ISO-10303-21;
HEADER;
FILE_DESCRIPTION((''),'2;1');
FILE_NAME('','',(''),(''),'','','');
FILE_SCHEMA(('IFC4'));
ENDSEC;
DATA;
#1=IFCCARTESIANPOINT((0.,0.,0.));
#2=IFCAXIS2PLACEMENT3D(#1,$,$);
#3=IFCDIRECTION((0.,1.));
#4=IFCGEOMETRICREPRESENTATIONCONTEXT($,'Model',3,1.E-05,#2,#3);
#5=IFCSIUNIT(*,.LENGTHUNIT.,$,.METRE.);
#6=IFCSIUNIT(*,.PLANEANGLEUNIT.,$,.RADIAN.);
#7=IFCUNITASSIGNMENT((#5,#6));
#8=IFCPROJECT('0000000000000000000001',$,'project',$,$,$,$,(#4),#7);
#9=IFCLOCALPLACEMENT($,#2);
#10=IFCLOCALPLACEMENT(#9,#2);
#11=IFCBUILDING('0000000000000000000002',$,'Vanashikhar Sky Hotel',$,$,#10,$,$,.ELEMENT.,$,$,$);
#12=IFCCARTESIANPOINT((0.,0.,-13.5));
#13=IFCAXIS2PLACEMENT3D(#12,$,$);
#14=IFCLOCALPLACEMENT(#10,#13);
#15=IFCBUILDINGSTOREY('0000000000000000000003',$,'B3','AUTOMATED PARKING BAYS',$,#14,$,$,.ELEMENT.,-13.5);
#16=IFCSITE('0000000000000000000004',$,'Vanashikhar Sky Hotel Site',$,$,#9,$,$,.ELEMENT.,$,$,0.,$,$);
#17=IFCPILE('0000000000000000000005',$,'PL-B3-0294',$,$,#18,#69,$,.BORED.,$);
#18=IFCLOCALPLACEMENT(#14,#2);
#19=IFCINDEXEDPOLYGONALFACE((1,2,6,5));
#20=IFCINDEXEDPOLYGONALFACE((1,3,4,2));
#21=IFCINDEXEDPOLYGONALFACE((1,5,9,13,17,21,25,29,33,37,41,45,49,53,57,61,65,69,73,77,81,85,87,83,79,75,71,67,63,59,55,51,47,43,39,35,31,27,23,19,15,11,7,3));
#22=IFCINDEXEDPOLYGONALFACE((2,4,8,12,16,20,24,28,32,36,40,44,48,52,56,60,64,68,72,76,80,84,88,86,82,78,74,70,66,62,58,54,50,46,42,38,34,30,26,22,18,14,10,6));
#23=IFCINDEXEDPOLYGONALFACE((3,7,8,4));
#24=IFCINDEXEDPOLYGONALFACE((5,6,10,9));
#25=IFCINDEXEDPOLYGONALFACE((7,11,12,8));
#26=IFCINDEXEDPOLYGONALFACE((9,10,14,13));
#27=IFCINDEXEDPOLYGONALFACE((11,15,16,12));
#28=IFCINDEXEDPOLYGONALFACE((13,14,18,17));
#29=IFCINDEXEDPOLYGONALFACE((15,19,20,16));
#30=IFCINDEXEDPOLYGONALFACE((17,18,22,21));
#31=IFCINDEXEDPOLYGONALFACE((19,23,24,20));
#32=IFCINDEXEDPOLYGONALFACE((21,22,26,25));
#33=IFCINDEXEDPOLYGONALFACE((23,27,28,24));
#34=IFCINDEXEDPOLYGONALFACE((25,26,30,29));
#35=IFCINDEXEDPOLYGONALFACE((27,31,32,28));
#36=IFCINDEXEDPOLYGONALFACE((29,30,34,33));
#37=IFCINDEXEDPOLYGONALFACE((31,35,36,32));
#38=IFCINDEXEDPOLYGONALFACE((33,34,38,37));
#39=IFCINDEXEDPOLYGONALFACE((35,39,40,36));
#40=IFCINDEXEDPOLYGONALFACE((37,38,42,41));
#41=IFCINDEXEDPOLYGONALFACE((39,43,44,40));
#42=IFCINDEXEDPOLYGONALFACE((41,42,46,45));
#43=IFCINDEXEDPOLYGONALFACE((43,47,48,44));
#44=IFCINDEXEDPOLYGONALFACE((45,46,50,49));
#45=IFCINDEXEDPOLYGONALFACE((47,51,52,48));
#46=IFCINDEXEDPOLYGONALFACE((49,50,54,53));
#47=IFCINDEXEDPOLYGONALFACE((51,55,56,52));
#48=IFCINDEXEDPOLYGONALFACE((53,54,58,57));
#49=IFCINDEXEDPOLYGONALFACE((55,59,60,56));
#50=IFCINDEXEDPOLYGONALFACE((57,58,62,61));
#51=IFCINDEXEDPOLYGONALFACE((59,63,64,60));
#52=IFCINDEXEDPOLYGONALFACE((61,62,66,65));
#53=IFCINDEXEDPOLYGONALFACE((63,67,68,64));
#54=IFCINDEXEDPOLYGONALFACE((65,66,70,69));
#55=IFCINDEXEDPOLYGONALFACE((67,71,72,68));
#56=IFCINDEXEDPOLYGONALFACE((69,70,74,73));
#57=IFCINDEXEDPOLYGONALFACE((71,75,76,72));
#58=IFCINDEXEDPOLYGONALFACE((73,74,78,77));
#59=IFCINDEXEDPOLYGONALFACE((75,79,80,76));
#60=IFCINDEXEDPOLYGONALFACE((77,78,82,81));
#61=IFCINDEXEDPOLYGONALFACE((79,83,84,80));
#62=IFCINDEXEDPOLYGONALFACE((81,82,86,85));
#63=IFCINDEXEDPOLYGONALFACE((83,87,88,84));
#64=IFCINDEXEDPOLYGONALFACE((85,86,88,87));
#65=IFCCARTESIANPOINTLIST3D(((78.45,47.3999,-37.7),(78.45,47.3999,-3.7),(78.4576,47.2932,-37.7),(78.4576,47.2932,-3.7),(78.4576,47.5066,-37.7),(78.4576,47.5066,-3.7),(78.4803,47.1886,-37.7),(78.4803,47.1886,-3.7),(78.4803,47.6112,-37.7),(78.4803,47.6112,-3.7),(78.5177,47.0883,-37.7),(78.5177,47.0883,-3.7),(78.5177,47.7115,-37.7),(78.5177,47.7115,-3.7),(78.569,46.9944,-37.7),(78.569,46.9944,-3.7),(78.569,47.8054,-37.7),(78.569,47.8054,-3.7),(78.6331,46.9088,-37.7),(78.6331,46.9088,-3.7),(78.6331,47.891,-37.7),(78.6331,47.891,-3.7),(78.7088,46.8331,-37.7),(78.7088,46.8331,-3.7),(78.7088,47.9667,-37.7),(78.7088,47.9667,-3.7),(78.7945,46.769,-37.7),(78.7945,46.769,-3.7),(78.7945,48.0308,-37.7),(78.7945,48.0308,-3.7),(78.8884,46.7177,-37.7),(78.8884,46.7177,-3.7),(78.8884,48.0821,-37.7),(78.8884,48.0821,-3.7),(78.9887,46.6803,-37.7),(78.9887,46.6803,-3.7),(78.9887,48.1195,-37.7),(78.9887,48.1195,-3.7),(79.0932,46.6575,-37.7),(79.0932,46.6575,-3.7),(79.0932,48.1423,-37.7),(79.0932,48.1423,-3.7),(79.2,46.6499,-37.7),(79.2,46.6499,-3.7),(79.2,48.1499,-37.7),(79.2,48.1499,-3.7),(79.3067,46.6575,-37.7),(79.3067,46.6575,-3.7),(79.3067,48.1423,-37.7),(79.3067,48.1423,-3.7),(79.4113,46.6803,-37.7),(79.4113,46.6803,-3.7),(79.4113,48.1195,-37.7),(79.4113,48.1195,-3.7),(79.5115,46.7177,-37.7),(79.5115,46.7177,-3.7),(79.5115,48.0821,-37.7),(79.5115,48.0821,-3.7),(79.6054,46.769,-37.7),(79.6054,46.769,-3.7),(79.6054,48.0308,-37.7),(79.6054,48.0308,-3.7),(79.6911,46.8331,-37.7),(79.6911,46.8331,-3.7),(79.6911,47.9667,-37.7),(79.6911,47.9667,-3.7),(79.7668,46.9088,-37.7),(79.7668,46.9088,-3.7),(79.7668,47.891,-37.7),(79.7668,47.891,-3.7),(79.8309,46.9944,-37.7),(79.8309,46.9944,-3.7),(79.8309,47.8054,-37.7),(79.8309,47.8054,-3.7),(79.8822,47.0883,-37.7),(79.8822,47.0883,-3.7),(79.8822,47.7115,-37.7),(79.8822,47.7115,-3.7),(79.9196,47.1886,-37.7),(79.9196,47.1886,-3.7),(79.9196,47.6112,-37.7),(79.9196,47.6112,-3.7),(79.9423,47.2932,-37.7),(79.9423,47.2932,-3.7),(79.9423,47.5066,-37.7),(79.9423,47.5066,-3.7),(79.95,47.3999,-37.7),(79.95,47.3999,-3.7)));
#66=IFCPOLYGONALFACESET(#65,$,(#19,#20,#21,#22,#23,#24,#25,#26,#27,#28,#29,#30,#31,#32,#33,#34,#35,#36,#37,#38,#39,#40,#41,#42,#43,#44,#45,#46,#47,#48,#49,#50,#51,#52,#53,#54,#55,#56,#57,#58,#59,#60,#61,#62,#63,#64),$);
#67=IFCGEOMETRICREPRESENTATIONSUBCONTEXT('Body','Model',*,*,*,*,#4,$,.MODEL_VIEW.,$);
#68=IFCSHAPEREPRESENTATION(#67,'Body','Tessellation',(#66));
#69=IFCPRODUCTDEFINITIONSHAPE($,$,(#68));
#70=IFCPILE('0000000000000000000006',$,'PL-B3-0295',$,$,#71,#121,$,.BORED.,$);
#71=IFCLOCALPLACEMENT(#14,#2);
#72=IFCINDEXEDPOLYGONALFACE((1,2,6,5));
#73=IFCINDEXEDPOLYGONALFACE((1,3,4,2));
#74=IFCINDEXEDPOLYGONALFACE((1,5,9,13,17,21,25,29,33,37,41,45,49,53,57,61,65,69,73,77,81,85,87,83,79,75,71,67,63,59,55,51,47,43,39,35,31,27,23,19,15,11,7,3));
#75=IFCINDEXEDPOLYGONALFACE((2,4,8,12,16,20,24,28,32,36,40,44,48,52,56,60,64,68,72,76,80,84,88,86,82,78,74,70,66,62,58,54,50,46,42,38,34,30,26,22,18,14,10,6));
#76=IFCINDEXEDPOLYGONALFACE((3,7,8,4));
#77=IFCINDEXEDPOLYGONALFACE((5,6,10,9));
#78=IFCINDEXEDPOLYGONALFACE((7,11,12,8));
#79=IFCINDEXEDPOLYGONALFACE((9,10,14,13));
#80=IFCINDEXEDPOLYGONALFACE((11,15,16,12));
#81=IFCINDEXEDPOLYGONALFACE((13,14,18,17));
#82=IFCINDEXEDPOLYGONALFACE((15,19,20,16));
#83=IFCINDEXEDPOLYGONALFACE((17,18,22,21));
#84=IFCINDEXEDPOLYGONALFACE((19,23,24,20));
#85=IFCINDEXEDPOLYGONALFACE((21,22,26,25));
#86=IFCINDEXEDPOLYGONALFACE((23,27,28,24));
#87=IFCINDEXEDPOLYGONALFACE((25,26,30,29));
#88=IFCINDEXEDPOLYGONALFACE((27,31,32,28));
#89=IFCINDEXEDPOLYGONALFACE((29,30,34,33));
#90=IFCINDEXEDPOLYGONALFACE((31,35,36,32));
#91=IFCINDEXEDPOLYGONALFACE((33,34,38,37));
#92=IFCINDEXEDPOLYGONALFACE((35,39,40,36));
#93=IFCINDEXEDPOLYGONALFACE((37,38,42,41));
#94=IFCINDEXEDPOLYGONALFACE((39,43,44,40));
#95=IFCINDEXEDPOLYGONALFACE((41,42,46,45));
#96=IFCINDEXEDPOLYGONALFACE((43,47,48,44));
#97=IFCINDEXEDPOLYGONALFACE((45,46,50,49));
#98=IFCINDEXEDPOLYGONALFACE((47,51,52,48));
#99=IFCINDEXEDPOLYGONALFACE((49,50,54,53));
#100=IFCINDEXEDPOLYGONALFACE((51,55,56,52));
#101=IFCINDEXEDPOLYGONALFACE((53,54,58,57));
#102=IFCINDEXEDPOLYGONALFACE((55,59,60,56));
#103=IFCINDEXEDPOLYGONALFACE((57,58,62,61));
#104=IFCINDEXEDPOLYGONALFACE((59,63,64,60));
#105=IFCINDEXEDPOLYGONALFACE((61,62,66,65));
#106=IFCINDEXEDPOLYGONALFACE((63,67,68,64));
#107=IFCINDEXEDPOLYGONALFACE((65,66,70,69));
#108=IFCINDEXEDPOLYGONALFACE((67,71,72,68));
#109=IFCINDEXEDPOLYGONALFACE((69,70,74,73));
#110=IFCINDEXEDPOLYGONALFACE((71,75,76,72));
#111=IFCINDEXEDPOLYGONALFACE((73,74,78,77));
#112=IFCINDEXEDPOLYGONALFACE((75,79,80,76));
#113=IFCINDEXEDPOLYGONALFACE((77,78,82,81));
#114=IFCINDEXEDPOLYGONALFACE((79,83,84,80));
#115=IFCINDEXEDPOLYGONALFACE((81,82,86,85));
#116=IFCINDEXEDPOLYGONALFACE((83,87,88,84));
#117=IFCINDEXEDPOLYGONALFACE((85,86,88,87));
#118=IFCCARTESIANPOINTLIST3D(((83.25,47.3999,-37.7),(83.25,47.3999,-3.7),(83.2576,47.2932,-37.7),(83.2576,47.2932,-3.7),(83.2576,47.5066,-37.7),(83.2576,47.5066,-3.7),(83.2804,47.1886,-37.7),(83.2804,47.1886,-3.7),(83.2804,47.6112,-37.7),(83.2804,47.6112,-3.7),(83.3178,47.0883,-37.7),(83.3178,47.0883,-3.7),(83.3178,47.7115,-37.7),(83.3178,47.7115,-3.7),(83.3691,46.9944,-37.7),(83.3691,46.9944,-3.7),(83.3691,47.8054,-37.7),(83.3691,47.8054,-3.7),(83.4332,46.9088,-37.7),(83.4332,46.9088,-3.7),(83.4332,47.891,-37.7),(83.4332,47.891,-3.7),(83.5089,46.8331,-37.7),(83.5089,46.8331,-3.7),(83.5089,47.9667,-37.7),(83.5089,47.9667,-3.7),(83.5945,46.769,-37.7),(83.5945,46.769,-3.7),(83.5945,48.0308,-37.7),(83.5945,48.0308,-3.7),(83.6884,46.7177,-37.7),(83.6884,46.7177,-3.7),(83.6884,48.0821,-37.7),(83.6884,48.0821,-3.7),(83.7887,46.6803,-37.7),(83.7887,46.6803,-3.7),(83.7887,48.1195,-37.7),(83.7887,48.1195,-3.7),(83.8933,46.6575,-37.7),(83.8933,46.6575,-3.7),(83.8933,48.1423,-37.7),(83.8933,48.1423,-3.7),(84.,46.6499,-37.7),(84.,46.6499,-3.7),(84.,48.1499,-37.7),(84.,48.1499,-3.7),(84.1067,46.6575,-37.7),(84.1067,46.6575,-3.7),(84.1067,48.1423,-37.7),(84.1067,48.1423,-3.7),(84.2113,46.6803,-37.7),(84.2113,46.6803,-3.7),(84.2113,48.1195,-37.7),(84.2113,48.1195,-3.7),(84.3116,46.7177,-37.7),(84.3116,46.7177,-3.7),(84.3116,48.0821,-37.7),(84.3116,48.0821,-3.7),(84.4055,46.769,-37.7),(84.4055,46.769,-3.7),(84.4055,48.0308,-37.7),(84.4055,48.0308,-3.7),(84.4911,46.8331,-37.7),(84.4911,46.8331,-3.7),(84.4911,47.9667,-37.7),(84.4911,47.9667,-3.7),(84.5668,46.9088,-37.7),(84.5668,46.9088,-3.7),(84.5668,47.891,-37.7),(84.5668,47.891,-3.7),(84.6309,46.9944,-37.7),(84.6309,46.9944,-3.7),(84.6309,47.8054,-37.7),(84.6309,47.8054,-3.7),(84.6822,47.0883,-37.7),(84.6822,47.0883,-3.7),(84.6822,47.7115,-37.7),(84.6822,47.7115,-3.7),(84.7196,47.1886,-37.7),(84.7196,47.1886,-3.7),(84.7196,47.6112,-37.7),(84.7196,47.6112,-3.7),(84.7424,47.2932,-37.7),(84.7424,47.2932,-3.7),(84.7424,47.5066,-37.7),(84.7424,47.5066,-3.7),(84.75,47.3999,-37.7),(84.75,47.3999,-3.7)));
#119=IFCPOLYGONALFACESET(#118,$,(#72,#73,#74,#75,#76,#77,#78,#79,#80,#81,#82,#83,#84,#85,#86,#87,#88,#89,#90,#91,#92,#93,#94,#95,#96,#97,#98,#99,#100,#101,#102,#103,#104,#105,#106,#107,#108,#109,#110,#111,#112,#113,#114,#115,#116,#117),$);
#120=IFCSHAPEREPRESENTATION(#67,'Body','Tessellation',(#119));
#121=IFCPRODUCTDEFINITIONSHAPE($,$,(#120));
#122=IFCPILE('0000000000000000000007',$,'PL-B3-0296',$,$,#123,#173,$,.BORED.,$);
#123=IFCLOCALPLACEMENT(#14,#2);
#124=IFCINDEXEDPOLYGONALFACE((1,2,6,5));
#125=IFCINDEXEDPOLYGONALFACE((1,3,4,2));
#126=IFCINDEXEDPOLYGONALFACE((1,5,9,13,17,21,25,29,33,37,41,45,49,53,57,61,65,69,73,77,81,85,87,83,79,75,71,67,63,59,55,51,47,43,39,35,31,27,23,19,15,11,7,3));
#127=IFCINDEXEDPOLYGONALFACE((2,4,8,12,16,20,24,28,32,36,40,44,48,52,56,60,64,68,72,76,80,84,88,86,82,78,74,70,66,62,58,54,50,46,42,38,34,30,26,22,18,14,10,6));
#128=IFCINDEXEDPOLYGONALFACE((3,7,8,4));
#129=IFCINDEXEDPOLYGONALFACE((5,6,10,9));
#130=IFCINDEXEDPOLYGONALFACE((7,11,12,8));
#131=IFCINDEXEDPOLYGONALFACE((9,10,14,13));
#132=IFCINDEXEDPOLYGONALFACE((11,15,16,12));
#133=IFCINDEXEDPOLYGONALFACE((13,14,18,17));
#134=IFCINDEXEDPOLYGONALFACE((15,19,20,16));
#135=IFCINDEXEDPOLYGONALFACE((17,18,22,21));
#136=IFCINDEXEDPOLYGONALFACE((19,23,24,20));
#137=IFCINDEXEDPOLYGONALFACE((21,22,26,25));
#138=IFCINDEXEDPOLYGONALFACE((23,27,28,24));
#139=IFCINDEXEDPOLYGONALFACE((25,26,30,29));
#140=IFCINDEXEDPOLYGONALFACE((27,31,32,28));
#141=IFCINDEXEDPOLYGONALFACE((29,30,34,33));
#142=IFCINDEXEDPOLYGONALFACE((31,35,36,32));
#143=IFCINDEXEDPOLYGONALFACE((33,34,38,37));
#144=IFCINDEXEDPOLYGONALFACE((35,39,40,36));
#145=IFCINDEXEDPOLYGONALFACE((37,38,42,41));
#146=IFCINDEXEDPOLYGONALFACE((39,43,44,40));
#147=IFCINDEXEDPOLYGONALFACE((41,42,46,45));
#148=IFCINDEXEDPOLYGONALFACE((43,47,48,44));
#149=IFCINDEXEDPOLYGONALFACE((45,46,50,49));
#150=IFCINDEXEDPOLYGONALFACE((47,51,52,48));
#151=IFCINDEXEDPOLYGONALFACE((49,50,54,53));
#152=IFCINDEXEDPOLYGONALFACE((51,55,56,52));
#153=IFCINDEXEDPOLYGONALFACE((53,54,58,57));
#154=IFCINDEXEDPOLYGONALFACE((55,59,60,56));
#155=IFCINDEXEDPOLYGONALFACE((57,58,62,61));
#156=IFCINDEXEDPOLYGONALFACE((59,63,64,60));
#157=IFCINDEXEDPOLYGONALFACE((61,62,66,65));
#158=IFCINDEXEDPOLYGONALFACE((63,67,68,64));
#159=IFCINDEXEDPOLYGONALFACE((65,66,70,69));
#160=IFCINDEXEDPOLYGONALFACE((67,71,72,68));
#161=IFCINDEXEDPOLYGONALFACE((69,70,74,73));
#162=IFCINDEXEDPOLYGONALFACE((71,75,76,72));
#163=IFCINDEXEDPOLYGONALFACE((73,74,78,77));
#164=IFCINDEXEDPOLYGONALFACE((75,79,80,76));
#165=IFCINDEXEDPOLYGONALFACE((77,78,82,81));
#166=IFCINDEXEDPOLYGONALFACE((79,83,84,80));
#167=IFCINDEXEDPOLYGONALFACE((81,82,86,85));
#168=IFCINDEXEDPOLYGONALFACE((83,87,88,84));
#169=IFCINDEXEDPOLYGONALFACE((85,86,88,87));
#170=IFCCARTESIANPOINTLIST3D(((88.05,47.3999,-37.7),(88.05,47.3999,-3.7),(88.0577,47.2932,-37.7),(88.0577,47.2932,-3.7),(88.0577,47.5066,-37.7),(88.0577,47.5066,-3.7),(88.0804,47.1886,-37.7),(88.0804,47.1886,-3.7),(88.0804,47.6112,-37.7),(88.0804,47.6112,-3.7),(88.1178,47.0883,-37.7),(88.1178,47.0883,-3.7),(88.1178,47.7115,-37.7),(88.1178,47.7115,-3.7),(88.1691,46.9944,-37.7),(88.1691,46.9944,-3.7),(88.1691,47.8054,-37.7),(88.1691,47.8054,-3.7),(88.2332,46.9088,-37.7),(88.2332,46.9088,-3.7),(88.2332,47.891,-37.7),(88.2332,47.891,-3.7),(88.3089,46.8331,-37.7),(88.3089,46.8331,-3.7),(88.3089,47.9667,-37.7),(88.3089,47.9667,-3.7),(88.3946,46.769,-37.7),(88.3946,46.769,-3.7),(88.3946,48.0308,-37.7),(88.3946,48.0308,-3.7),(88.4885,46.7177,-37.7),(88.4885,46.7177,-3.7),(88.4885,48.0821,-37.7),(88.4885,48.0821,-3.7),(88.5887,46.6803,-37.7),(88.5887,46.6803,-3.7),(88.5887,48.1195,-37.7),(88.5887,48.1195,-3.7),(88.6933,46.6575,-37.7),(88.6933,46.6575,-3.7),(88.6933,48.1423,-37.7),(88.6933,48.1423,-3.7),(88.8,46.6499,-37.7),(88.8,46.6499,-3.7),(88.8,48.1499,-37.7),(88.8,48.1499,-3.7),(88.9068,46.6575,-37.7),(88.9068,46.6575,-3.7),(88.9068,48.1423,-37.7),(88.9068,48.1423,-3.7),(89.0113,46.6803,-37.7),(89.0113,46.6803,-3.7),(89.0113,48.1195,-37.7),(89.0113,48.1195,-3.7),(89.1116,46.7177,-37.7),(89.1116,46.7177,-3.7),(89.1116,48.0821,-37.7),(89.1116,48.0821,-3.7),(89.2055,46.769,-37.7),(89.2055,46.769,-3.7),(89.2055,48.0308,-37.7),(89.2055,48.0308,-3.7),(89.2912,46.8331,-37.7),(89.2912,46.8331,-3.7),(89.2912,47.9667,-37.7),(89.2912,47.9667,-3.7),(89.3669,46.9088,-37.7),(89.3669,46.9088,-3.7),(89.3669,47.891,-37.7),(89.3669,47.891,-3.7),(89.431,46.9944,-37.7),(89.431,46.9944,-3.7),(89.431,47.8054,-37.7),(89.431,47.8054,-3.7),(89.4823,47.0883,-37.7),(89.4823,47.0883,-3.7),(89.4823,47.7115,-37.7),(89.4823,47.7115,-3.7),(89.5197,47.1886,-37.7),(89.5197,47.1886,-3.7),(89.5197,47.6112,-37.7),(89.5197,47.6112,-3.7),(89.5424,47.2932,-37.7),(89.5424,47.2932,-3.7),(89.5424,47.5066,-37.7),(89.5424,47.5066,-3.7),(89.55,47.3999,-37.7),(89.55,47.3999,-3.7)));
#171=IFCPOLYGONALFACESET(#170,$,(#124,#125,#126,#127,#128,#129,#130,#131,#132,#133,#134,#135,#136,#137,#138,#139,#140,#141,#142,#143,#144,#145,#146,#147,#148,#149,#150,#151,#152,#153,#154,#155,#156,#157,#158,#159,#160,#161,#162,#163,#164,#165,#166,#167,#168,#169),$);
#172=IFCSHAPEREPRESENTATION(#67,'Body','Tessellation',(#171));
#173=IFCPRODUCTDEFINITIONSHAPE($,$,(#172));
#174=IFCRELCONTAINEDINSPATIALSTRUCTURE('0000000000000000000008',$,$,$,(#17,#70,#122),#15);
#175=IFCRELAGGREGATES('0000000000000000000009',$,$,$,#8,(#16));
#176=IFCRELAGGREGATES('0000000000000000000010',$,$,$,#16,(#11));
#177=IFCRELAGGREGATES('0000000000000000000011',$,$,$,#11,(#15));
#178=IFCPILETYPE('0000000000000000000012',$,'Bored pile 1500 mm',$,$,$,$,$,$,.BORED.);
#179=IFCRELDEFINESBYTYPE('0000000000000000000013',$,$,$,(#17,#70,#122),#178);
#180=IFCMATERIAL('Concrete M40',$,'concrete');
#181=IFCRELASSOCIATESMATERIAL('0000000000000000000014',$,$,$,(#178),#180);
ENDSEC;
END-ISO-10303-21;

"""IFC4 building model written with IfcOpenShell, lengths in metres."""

from ifc_helpers import new_model, si_unit, direction, frame, origin, origin_2d, place, context, subcontext, project, spatial, circle, extrude, source, transform, mapped, material, type_object, element, save


model = new_model("IFC4")

# Units and contexts
model_context = context("Model", 3, precision=1e-05, world=origin(), true_north=direction((0.0, 1.0)))
body_context = subcontext(model_context, "Body", "Model", "MODEL_VIEW")
ifc_project = project(units=[si_unit("LENGTHUNIT", "METRE"), si_unit("PLANEANGLEUNIT", "RADIAN")], contexts=[model_context])

# Site, building, storey
site_placement = place(None, origin())
site = spatial("IfcSite", under=ifc_project, at=site_placement, Name="Vanashikhar Sky Hotel Site", CompositionType="ELEMENT", RefElevation=0.0)
building_placement = place(site_placement, origin())
building = spatial("IfcBuilding", under=site, at=building_placement, Name="Vanashikhar Sky Hotel", CompositionType="ELEMENT")
storey_placement = place(building_placement, frame((0.0, 0.0, -13.5)))
storey = spatial("IfcBuildingStorey", under=building, at=storey_placement, Name="B3", Description="AUTOMATED PARKING BAYS", CompositionType="ELEMENT", Elevation=-13.5)

# Piles
ifc_material_1 = material(Name="Concrete M40", Category="concrete")
pile_type_1 = type_object("IfcPileType", Name="Bored pile 1500 mm", PredefinedType="BORED", material=ifc_material_1)
shared_shape_1 = source(origin(), body_context, "Body", "SweptSolid", [
    extrude(circle(Radius=0.75, at=origin_2d()), origin(), (0.0, 0.0, 1.0), 34.0),
])
for number, where, z_axis, x_axis, name in (
    (1, (79.2, 47.3999, -3.7), (0.0, 0.0, -1.0), (1.0, 0.0, 0.0), "PL-B3-0294"),
    (2, (84.0, 47.3999, -3.7), (0.0, 0.0, -1.0), (1.0, 0.0, 0.0), "PL-B3-0295"),
    (3, (88.8, 47.3999, -3.7), (0.0, 0.0, -1.0), (1.0, 0.0, 0.0), "PL-B3-0296"),
):
    element("IfcPile", number, at=place(storey_placement, frame(where, z_axis=z_axis, x_axis=x_axis)), inside=storey, type_object=pile_type_1, Name=name, PredefinedType="BORED", context=body_context, shape_type="MappedRepresentation", body=[
        mapped(shared_shape_1, transform((0.0, 0.0, 0.0), scale=1.0)),
    ])

save(model, "model.ifc")
